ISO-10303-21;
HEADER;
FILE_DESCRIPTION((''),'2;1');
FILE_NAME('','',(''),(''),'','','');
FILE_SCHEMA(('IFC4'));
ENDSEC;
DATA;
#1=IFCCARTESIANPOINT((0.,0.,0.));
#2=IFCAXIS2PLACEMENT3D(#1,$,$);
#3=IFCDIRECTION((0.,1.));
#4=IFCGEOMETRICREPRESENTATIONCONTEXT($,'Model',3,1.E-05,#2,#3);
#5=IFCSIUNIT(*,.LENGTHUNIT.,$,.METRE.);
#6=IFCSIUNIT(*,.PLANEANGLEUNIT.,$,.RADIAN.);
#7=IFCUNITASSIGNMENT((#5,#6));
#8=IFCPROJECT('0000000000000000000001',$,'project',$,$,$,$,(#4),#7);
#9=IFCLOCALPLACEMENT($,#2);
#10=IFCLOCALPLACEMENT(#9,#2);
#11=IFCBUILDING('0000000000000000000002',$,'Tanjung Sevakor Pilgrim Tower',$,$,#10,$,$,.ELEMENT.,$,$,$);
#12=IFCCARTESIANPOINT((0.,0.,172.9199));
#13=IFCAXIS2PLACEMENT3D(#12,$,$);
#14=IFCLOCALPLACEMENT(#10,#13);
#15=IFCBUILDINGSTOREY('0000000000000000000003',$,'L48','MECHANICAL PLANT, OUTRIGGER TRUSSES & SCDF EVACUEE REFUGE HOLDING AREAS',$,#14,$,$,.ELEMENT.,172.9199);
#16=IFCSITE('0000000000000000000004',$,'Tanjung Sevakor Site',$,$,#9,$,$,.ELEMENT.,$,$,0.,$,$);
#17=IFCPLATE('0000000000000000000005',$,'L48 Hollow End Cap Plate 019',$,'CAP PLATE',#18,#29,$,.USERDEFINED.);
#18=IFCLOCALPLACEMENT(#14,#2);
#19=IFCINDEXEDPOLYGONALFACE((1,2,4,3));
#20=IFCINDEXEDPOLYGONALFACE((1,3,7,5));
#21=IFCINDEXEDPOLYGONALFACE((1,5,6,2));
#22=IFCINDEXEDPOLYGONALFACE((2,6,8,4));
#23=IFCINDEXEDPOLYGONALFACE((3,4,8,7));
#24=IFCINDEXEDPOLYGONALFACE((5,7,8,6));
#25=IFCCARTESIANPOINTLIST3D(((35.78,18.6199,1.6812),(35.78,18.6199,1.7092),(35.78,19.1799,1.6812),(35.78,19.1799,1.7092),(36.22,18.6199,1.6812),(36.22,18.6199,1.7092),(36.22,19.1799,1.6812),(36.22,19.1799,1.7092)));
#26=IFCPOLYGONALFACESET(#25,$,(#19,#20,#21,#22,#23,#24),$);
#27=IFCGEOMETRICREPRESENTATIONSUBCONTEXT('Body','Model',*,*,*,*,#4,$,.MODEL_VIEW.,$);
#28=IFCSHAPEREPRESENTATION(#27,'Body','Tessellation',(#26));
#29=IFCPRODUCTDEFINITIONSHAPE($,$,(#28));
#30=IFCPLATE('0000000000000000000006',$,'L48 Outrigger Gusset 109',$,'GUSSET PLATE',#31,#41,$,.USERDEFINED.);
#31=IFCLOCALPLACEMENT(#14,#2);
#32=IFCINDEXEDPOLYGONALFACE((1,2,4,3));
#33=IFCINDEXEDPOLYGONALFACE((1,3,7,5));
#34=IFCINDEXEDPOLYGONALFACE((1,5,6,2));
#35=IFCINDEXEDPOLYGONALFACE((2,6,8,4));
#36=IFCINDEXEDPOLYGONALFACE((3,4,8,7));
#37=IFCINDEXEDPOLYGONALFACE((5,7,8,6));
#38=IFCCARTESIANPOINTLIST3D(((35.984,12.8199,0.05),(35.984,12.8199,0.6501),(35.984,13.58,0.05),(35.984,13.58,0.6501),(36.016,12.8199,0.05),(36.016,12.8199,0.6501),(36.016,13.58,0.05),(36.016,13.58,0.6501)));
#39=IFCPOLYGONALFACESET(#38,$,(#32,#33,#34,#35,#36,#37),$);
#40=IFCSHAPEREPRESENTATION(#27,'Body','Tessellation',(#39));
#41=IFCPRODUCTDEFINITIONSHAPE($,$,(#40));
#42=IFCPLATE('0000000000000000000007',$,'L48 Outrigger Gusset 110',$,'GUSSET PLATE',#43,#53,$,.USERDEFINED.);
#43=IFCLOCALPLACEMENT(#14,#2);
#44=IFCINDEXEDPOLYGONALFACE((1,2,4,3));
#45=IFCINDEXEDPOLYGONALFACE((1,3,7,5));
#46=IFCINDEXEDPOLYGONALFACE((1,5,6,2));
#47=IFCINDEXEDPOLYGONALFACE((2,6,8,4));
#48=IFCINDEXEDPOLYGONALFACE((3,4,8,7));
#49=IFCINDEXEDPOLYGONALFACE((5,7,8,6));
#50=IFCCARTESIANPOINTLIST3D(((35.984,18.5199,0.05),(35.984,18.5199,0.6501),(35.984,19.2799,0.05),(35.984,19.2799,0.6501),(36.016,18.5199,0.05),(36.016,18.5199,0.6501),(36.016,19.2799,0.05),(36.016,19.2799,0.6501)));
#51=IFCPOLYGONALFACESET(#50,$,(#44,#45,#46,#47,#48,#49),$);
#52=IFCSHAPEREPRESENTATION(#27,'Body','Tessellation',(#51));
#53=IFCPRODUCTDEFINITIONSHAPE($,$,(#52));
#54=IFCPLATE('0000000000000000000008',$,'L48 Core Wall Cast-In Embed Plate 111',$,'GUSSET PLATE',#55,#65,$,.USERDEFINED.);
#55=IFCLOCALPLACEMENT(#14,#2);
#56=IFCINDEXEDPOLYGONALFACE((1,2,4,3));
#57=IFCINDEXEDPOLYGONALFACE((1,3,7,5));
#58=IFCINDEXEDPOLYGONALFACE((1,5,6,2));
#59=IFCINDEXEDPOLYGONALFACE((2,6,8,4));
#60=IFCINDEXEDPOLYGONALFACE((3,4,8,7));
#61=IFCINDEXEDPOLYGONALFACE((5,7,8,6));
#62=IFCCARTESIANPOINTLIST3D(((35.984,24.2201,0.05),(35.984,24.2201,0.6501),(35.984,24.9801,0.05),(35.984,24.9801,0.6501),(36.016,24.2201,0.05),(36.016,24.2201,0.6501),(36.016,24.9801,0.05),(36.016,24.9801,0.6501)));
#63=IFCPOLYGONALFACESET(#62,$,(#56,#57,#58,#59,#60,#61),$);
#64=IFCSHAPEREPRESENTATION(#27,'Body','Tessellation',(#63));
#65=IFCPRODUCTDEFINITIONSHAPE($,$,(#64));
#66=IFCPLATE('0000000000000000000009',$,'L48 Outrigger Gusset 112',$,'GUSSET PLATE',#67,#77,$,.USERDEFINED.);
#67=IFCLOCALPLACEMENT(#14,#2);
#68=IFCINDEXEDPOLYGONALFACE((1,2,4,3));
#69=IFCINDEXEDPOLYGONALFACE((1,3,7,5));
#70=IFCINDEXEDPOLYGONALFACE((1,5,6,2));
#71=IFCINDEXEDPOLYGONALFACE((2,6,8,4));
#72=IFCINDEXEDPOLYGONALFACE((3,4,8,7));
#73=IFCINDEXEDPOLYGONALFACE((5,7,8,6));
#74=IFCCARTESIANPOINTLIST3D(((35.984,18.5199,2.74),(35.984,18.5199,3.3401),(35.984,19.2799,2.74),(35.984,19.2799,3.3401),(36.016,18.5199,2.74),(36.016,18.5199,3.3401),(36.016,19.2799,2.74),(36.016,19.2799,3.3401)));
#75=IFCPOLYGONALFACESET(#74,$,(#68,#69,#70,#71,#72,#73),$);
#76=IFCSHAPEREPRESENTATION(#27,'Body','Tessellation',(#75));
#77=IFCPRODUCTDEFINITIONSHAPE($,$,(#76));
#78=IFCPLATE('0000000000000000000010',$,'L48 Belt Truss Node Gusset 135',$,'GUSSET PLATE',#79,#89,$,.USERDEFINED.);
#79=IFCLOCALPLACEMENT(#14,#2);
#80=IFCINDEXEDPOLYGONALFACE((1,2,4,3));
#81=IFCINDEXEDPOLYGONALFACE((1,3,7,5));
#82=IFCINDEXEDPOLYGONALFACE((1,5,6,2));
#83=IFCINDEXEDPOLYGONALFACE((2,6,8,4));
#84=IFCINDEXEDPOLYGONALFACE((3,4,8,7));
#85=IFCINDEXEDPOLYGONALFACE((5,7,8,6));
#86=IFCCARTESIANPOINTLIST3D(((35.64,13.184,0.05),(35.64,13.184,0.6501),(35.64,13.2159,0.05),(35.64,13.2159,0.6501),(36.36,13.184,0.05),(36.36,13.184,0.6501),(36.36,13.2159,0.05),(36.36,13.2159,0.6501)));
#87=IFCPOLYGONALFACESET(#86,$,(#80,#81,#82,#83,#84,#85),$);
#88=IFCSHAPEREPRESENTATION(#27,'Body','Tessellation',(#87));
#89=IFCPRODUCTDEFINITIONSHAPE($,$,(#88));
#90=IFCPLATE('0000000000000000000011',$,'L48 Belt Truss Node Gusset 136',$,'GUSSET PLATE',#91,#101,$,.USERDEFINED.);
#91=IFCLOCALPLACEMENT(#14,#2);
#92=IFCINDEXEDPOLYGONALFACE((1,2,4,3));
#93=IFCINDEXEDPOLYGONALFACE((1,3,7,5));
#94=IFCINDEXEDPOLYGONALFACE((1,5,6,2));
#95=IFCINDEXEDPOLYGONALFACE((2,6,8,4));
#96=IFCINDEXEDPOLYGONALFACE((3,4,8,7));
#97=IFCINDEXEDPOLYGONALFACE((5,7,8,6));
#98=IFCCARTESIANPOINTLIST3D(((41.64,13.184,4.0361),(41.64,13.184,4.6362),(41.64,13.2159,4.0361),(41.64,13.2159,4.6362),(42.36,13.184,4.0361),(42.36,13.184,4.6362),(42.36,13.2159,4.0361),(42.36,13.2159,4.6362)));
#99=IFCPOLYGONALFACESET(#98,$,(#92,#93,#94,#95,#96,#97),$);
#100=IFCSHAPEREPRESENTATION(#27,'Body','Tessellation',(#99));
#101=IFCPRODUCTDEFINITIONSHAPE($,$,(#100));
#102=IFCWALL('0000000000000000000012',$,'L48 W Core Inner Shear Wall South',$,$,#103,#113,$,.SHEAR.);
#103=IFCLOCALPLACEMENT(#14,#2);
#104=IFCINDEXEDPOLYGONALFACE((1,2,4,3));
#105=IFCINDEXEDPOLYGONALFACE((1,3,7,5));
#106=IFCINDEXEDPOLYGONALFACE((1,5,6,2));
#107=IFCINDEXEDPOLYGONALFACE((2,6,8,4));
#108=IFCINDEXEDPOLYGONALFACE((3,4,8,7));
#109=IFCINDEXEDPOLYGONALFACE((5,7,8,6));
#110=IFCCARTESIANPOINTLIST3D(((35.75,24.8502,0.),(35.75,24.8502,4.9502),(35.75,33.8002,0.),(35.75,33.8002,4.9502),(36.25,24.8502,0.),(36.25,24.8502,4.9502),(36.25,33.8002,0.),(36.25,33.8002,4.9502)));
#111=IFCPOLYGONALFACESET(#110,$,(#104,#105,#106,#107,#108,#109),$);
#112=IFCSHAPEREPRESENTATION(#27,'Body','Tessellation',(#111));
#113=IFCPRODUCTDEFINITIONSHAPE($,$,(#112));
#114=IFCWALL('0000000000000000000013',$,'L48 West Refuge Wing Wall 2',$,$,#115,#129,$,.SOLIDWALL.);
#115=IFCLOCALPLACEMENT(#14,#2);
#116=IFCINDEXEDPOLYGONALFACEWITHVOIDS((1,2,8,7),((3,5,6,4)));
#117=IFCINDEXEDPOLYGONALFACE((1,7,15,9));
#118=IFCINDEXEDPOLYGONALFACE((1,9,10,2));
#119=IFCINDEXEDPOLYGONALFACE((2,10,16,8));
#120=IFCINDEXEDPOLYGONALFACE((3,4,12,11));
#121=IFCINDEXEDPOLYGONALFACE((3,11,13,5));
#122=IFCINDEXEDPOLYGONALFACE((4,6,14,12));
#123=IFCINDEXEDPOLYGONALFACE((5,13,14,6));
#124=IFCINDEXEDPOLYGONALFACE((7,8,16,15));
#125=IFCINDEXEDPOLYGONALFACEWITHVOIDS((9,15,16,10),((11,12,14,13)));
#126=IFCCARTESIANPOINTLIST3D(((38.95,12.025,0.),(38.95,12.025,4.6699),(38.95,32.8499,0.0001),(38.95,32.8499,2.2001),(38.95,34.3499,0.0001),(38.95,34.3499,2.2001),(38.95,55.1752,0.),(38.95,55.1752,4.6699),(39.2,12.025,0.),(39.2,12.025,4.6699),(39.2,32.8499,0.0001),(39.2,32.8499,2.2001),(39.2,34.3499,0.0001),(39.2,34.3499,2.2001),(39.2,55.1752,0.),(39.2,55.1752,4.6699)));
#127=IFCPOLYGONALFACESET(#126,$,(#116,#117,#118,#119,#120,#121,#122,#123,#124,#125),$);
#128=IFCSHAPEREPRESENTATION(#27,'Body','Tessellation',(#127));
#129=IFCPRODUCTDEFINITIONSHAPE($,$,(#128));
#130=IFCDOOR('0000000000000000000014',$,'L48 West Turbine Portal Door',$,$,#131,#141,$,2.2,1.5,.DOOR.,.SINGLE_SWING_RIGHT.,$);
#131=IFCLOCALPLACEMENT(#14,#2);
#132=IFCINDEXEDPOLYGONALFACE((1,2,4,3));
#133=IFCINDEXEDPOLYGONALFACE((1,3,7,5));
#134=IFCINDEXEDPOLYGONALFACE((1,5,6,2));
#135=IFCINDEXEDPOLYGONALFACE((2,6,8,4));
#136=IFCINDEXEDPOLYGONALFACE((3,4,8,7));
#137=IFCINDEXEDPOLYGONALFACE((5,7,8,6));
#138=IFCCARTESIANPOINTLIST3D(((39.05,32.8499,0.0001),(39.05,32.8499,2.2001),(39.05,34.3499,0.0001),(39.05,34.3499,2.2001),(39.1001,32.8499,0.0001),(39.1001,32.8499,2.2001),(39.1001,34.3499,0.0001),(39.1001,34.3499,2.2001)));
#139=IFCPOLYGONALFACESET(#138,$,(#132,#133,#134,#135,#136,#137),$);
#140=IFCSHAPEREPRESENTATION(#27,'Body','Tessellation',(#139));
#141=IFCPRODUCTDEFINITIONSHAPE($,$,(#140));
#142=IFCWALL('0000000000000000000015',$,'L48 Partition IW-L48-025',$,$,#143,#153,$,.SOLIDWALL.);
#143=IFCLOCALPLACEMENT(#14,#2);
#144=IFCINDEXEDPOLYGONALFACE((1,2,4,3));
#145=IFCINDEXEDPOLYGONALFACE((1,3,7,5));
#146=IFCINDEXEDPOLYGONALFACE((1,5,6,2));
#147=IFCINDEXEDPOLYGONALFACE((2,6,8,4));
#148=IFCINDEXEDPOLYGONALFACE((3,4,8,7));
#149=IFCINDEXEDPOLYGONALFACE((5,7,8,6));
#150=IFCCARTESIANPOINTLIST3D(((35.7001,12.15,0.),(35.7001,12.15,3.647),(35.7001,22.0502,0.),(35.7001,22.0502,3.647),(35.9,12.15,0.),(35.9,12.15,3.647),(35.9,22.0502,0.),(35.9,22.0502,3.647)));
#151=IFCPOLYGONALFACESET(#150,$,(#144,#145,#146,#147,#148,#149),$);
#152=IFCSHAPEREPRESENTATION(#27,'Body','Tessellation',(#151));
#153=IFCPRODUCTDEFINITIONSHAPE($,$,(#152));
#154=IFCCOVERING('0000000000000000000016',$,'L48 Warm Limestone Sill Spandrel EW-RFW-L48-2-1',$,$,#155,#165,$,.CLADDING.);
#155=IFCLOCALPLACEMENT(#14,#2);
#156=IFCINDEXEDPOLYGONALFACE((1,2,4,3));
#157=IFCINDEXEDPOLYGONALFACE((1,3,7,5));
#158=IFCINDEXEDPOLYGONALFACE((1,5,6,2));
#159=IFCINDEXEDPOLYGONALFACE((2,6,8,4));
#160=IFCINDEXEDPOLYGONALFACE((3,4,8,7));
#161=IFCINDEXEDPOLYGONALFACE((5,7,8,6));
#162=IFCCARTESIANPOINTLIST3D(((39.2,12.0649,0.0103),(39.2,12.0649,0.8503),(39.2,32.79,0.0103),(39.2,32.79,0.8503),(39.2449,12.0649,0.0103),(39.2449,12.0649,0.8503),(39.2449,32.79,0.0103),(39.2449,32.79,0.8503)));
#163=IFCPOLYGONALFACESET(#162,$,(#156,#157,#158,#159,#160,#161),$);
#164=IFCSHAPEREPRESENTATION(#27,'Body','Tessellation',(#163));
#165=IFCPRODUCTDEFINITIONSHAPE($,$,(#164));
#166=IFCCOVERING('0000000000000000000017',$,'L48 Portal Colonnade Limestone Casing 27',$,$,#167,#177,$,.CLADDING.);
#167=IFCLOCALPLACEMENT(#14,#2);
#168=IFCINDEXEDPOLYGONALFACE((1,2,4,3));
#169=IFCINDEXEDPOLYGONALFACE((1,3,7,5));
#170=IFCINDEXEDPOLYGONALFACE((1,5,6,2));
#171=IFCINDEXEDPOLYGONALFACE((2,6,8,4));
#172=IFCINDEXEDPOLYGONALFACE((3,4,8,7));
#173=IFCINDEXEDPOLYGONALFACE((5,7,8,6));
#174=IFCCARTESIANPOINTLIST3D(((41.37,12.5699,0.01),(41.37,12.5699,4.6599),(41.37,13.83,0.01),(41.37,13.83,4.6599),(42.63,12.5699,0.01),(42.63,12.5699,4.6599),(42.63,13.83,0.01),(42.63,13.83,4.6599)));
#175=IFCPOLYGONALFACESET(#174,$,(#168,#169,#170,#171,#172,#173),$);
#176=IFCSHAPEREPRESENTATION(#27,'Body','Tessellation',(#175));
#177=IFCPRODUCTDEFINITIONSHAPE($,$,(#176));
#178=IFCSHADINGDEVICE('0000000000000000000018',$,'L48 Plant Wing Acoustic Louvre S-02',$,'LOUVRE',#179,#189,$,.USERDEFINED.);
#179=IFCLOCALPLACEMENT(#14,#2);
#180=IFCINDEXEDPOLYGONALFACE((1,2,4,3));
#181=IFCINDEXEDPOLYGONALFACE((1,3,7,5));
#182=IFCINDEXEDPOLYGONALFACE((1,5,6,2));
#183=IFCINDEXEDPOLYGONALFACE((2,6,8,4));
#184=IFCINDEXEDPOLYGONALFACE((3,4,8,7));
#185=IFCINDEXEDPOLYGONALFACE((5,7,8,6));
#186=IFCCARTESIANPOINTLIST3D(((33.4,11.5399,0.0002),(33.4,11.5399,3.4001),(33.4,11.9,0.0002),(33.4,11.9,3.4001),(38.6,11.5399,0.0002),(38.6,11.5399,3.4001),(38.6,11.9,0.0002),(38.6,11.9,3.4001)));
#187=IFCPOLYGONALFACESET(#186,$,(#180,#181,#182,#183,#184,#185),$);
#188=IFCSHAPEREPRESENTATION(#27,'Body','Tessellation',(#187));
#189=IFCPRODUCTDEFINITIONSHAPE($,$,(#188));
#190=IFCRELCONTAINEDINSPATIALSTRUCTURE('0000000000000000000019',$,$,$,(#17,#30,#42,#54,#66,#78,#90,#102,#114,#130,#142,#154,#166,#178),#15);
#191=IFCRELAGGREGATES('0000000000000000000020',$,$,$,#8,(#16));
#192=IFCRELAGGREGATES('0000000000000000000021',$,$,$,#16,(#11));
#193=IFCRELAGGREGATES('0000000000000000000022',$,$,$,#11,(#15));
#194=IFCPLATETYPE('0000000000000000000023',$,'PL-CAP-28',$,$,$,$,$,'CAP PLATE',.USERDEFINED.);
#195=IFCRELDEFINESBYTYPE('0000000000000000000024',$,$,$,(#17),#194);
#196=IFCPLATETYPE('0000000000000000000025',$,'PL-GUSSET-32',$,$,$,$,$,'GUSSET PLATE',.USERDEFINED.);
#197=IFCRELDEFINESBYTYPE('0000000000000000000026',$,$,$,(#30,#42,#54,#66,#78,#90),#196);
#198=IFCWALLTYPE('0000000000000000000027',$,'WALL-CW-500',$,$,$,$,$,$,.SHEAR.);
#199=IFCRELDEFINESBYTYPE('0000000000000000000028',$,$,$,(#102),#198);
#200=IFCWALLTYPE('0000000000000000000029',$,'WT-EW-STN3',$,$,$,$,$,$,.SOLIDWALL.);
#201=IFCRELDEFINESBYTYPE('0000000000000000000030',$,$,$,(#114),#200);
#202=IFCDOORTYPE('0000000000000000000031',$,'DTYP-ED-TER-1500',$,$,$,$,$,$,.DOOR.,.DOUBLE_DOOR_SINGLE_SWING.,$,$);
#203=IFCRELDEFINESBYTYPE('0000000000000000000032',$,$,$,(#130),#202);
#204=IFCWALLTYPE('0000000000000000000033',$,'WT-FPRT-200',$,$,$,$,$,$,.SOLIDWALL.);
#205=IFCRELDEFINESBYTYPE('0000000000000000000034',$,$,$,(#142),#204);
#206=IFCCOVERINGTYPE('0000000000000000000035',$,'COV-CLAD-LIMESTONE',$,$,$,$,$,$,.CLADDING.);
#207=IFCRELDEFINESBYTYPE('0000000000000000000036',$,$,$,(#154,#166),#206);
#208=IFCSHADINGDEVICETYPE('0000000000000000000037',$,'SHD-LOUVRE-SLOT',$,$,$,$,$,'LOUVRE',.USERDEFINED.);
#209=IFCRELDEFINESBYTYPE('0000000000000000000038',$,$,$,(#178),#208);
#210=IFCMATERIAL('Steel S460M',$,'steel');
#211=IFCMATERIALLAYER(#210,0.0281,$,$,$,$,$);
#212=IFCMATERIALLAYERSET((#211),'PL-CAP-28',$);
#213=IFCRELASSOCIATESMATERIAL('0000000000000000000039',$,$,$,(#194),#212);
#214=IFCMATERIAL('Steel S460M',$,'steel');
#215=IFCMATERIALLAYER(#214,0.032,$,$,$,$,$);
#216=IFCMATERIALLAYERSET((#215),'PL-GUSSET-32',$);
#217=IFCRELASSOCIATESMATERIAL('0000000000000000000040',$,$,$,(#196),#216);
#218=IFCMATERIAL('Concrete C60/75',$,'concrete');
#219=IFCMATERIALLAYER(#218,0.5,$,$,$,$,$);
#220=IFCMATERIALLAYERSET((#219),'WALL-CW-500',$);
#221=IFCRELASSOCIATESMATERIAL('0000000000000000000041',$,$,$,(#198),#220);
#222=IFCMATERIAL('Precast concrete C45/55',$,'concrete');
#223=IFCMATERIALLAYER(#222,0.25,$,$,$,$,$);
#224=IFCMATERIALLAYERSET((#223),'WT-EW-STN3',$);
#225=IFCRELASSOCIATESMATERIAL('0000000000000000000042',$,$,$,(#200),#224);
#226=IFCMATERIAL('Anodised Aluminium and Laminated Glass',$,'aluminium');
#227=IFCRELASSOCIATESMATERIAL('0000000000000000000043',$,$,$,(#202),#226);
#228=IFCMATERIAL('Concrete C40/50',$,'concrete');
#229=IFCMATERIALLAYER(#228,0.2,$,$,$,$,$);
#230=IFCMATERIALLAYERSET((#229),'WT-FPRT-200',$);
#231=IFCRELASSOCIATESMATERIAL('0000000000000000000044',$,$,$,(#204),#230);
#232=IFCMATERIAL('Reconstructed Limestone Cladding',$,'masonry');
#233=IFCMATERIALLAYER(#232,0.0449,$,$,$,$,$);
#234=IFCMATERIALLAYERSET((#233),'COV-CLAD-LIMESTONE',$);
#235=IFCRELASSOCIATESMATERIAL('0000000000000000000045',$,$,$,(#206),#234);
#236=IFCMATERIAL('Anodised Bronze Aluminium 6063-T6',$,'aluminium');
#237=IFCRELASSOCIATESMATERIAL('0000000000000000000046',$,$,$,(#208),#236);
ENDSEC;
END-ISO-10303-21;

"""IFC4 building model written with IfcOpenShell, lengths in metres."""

from ifc_helpers import new_model, si_unit, direction, frame, frame_2d, origin, origin_2d, place, context, subcontext, project, spatial, rectangle, extrude, material, layer, layer_set, type_object, element, fill, save


model = new_model("IFC4")

# Units and contexts
model_context = context("Model", 3, precision=1e-05, world=origin(), true_north=direction((0.0, 1.0)))
body_context = subcontext(model_context, "Body", "Model", "MODEL_VIEW")
ifc_project = project(units=[si_unit("LENGTHUNIT", "METRE"), si_unit("PLANEANGLEUNIT", "RADIAN")], contexts=[model_context])

# Site, building, storey
site_placement = place(None, origin())
site = spatial("IfcSite", under=ifc_project, at=site_placement, Name="Tanjung Sevakor Site", CompositionType="ELEMENT", RefElevation=0.0)
building_placement = place(site_placement, origin())
building = spatial("IfcBuilding", under=site, at=building_placement, Name="Tanjung Sevakor Pilgrim Tower", CompositionType="ELEMENT")
storey_placement = place(building_placement, frame((0.0, 0.0, 172.9199)))
storey = spatial("IfcBuildingStorey", under=building, at=storey_placement, Name="L48", Description="MECHANICAL PLANT, OUTRIGGER TRUSSES & SCDF EVACUEE REFUGE HOLDING AREAS", CompositionType="ELEMENT", Elevation=172.9199)

# Plates
ifc_material_1 = material(Name="Steel S460M", Category="steel")
ifc_layer_1 = layer(ifc_material_1, 0.0281)
ifc_layer_set_1 = layer_set([ifc_layer_1], Name="PL-CAP-28")
plate_type_1 = type_object("IfcPlateType", Name="PL-CAP-28", ElementType="CAP PLATE", PredefinedType="USERDEFINED", material=ifc_layer_set_1)
plate_placement = place(storey_placement, frame((36.0, 18.8999, 1.6812), z_axis=(0.0, 0.0, 1.0), x_axis=(1.0, 0.0, 0.0)))
element("IfcPlate", 1, at=plate_placement, inside=storey, type_object=plate_type_1, Name="L48 Hollow End Cap Plate 019", ObjectType="CAP PLATE", PredefinedType="USERDEFINED", context=body_context, shape_type="SweptSolid", body=[
    extrude(rectangle(XDim=0.4399, YDim=0.5601, at=origin_2d()), origin(), (0.0, 0.0, 1.0), 0.0281),
])
ifc_material_2 = material(Name="Steel S460M", Category="steel")
ifc_layer_2 = layer(ifc_material_2, 0.032)
ifc_layer_set_2 = layer_set([ifc_layer_2], Name="PL-GUSSET-32")
plate_type_2 = type_object("IfcPlateType", Name="PL-GUSSET-32", ElementType="GUSSET PLATE", PredefinedType="USERDEFINED", material=ifc_layer_set_2)
for number, where, z_axis, x_axis, name in (
    (2, (36.0, 13.2, 0.05), (0.0, 0.0, 1.0), (1.0, 0.0, 0.0), "L48 Outrigger Gusset 109"),
    (3, (36.0, 18.8999, 0.05), (0.0, 0.0, 1.0), (1.0, 0.0, 0.0), "L48 Outrigger Gusset 110"),
    (4, (36.0, 24.6001, 0.05), (0.0, 0.0, 1.0), (1.0, 0.0, 0.0), "L48 Core Wall Cast-In Embed Plate 111"),
    (5, (36.0, 18.8999, 2.74), (0.0, 0.0, 1.0), (1.0, 0.0, 0.0), "L48 Outrigger Gusset 112"),
):
    element("IfcPlate", number, at=place(storey_placement, frame(where, z_axis=z_axis, x_axis=x_axis)), inside=storey, type_object=plate_type_2, Name=name, ObjectType="GUSSET PLATE", PredefinedType="USERDEFINED", context=body_context, shape_type="SweptSolid", body=[
        extrude(rectangle(XDim=0.032, YDim=0.76, at=origin_2d()), origin(), (0.0, 0.0, 1.0), 0.6001),
    ])
for number, where, z_axis, x_axis, name in (
    (6, (36.0, 13.2, 0.05), (0.0, 0.0, 1.0), (1.0, 0.0, 0.0), "L48 Belt Truss Node Gusset 135"),
    (7, (42.0, 13.2, 4.0361), (0.0, 0.0, 1.0), (1.0, 0.0, 0.0), "L48 Belt Truss Node Gusset 136"),
):
    element("IfcPlate", number, at=place(storey_placement, frame(where, z_axis=z_axis, x_axis=x_axis)), inside=storey, type_object=plate_type_2, Name=name, ObjectType="GUSSET PLATE", PredefinedType="USERDEFINED", context=body_context, shape_type="SweptSolid", body=[
        extrude(rectangle(XDim=0.72, YDim=0.032, at=origin_2d()), origin(), (0.0, 0.0, 1.0), 0.6001),
    ])

# Wall
ifc_material_3 = material(Name="Concrete C60/75", Category="concrete")
ifc_layer_3 = layer(ifc_material_3, 0.5)
ifc_layer_set_3 = layer_set([ifc_layer_3], Name="WALL-CW-500")
wall_type_1 = type_object("IfcWallType", Name="WALL-CW-500", PredefinedType="SHEAR", material=ifc_layer_set_3)
wall_1_placement = place(storey_placement, frame((36.0, 24.8501, 0.0), z_axis=(0.0, 0.0, 1.0), x_axis=(0.0, 1.0, 0.0)))
element("IfcWall", 8, at=wall_1_placement, inside=storey, type_object=wall_type_1, Name="L48 W Core Inner Shear Wall South", PredefinedType="SHEAR", context=body_context, shape_type="SweptSolid", body=[
    extrude(rectangle(XDim=8.95, YDim=0.5, at=frame_2d((4.4751, 0.0))), origin(), (0.0, 0.0, 1.0), 4.9502),
])

# Wall, opening, door
ifc_material_4 = material(Name="Precast concrete C45/55", Category="concrete")
ifc_layer_4 = layer(ifc_material_4, 0.25)
ifc_layer_set_4 = layer_set([ifc_layer_4], Name="WT-EW-STN3")
wall_type_2 = type_object("IfcWallType", Name="WT-EW-STN3", PredefinedType="SOLIDWALL", material=ifc_layer_set_4)
wall_2_placement = place(storey_placement, frame((39.075, 12.0249, 0.0), z_axis=(0.0, 0.0, 1.0), x_axis=(0.0, 1.0, 0.0)))
wall_2 = element("IfcWall", 9, at=wall_2_placement, inside=storey, type_object=wall_type_2, Name="L48 West Refuge Wing Wall 2", PredefinedType="SOLIDWALL", context=body_context, shape_type="SweptSolid", body=[
    extrude(rectangle(XDim=43.1501, YDim=0.25, at=frame_2d((21.5752, 0.0))), origin(), (0.0, 0.0, 1.0), 4.6699),
])
opening_placement = place(wall_2_placement, frame((20.825, 0.0, 0.0)))
opening = element("IfcOpeningElement", 10, at=opening_placement, cuts=wall_2, PredefinedType="OPENING", context=body_context, shape_type="SweptSolid", body=[
    extrude(rectangle(XDim=1.5, YDim=2.2, at=frame_2d((0.75, 1.1001))), frame((0.0, 0.135, 0.0), z_axis=(0.0, -1.0, 0.0), x_axis=(1.0, 0.0, 0.0)), (0.0, 0.0, 1.0), 0.27),
])
ifc_material_5 = material(Name="Anodised Aluminium and Laminated Glass", Category="aluminium")
door_type = type_object("IfcDoorType", Name="DTYP-ED-TER-1500", OperationType="DOUBLE_DOOR_SINGLE_SWING", PredefinedType="DOOR", material=ifc_material_5)
door_placement = place(opening_placement, origin())
door = element("IfcDoor", 11, at=door_placement, inside=storey, type_object=door_type, Name="L48 West Turbine Portal Door", OperationType="SINGLE_SWING_RIGHT", OverallHeight=2.2, OverallWidth=1.5, PredefinedType="DOOR", context=body_context, shape_type="SweptSolid", body=[
    extrude(rectangle(XDim=1.5, YDim=2.2, at=frame_2d((0.75, 1.1001))), frame((0.0, 0.0249, 0.0), z_axis=(0.0, -1.0, 0.0), x_axis=(1.0, 0.0, 0.0)), (0.0, 0.0, 1.0), 0.05),
])
fill(opening, door)

# Wall
ifc_material_6 = material(Name="Concrete C40/50", Category="concrete")
ifc_layer_5 = layer(ifc_material_6, 0.2)
ifc_layer_set_5 = layer_set([ifc_layer_5], Name="WT-FPRT-200")
wall_type_3 = type_object("IfcWallType", Name="WT-FPRT-200", PredefinedType="SOLIDWALL", material=ifc_layer_set_5)
wall_3_placement = place(storey_placement, frame((35.8, 12.1499, 0.0), z_axis=(0.0, 0.0, 1.0), x_axis=(0.0, 1.0, 0.0)))
element("IfcWall", 12, at=wall_3_placement, inside=storey, type_object=wall_type_3, Name="L48 Partition IW-L48-025", PredefinedType="SOLIDWALL", context=body_context, shape_type="SweptSolid", body=[
    extrude(rectangle(XDim=9.9001, YDim=0.2, at=frame_2d((4.9502, 0.0))), origin(), (0.0, 0.0, 1.0), 3.647),
])

# Coverings
ifc_material_7 = material(Name="Reconstructed Limestone Cladding", Category="masonry")
ifc_layer_6 = layer(ifc_material_7, 0.0449)
ifc_layer_set_6 = layer_set([ifc_layer_6], Name="COV-CLAD-LIMESTONE")
covering_type = type_object("IfcCoveringType", Name="COV-CLAD-LIMESTONE", PredefinedType="CLADDING", material=ifc_layer_set_6)
covering_1_placement = place(storey_placement, frame((39.2224, 22.4275, 0.0103), z_axis=(0.0, 0.0, 1.0), x_axis=(0.0, 1.0, 0.0)))
element("IfcCovering", 13, at=covering_1_placement, inside=storey, type_object=covering_type, Name="L48 Warm Limestone Sill Spandrel EW-RFW-L48-2-1", PredefinedType="CLADDING", context=body_context, shape_type="SweptSolid", body=[
    extrude(rectangle(XDim=20.7251, YDim=0.0449, at=origin_2d()), origin(), (0.0, 0.0, 1.0), 0.8401),
])
covering_2_placement = place(storey_placement, frame((42.0, 13.2, 0.01), z_axis=(0.0, 0.0, 1.0), x_axis=(1.0, 0.0, 0.0)))
element("IfcCovering", 14, at=covering_2_placement, inside=storey, type_object=covering_type, Name="L48 Portal Colonnade Limestone Casing 27", PredefinedType="CLADDING", context=body_context, shape_type="SweptSolid", body=[
    extrude(rectangle(XDim=1.26, YDim=1.26, at=origin_2d()), origin(), (0.0, 0.0, 1.0), 4.6499),
])

# Shading device
ifc_material_8 = material(Name="Anodised Bronze Aluminium 6063-T6", Category="aluminium")
shading_device_type = type_object("IfcShadingDeviceType", Name="SHD-LOUVRE-SLOT", ElementType="LOUVRE", PredefinedType="USERDEFINED", material=ifc_material_8)
shading_device_placement = place(storey_placement, frame((36.0, 11.72, 0.0002), z_axis=(0.0, 0.0, 1.0), x_axis=(1.0, 0.0, 0.0)))
element("IfcShadingDevice", 15, at=shading_device_placement, inside=storey, type_object=shading_device_type, Name="L48 Plant Wing Acoustic Louvre S-02", ObjectType="LOUVRE", PredefinedType="USERDEFINED", context=body_context, shape_type="SweptSolid", body=[
    extrude(rectangle(XDim=5.2, YDim=0.3601, at=origin_2d()), origin(), (0.0, 0.0, 1.0), 3.3999),
])

save(model, "model.ifc")
